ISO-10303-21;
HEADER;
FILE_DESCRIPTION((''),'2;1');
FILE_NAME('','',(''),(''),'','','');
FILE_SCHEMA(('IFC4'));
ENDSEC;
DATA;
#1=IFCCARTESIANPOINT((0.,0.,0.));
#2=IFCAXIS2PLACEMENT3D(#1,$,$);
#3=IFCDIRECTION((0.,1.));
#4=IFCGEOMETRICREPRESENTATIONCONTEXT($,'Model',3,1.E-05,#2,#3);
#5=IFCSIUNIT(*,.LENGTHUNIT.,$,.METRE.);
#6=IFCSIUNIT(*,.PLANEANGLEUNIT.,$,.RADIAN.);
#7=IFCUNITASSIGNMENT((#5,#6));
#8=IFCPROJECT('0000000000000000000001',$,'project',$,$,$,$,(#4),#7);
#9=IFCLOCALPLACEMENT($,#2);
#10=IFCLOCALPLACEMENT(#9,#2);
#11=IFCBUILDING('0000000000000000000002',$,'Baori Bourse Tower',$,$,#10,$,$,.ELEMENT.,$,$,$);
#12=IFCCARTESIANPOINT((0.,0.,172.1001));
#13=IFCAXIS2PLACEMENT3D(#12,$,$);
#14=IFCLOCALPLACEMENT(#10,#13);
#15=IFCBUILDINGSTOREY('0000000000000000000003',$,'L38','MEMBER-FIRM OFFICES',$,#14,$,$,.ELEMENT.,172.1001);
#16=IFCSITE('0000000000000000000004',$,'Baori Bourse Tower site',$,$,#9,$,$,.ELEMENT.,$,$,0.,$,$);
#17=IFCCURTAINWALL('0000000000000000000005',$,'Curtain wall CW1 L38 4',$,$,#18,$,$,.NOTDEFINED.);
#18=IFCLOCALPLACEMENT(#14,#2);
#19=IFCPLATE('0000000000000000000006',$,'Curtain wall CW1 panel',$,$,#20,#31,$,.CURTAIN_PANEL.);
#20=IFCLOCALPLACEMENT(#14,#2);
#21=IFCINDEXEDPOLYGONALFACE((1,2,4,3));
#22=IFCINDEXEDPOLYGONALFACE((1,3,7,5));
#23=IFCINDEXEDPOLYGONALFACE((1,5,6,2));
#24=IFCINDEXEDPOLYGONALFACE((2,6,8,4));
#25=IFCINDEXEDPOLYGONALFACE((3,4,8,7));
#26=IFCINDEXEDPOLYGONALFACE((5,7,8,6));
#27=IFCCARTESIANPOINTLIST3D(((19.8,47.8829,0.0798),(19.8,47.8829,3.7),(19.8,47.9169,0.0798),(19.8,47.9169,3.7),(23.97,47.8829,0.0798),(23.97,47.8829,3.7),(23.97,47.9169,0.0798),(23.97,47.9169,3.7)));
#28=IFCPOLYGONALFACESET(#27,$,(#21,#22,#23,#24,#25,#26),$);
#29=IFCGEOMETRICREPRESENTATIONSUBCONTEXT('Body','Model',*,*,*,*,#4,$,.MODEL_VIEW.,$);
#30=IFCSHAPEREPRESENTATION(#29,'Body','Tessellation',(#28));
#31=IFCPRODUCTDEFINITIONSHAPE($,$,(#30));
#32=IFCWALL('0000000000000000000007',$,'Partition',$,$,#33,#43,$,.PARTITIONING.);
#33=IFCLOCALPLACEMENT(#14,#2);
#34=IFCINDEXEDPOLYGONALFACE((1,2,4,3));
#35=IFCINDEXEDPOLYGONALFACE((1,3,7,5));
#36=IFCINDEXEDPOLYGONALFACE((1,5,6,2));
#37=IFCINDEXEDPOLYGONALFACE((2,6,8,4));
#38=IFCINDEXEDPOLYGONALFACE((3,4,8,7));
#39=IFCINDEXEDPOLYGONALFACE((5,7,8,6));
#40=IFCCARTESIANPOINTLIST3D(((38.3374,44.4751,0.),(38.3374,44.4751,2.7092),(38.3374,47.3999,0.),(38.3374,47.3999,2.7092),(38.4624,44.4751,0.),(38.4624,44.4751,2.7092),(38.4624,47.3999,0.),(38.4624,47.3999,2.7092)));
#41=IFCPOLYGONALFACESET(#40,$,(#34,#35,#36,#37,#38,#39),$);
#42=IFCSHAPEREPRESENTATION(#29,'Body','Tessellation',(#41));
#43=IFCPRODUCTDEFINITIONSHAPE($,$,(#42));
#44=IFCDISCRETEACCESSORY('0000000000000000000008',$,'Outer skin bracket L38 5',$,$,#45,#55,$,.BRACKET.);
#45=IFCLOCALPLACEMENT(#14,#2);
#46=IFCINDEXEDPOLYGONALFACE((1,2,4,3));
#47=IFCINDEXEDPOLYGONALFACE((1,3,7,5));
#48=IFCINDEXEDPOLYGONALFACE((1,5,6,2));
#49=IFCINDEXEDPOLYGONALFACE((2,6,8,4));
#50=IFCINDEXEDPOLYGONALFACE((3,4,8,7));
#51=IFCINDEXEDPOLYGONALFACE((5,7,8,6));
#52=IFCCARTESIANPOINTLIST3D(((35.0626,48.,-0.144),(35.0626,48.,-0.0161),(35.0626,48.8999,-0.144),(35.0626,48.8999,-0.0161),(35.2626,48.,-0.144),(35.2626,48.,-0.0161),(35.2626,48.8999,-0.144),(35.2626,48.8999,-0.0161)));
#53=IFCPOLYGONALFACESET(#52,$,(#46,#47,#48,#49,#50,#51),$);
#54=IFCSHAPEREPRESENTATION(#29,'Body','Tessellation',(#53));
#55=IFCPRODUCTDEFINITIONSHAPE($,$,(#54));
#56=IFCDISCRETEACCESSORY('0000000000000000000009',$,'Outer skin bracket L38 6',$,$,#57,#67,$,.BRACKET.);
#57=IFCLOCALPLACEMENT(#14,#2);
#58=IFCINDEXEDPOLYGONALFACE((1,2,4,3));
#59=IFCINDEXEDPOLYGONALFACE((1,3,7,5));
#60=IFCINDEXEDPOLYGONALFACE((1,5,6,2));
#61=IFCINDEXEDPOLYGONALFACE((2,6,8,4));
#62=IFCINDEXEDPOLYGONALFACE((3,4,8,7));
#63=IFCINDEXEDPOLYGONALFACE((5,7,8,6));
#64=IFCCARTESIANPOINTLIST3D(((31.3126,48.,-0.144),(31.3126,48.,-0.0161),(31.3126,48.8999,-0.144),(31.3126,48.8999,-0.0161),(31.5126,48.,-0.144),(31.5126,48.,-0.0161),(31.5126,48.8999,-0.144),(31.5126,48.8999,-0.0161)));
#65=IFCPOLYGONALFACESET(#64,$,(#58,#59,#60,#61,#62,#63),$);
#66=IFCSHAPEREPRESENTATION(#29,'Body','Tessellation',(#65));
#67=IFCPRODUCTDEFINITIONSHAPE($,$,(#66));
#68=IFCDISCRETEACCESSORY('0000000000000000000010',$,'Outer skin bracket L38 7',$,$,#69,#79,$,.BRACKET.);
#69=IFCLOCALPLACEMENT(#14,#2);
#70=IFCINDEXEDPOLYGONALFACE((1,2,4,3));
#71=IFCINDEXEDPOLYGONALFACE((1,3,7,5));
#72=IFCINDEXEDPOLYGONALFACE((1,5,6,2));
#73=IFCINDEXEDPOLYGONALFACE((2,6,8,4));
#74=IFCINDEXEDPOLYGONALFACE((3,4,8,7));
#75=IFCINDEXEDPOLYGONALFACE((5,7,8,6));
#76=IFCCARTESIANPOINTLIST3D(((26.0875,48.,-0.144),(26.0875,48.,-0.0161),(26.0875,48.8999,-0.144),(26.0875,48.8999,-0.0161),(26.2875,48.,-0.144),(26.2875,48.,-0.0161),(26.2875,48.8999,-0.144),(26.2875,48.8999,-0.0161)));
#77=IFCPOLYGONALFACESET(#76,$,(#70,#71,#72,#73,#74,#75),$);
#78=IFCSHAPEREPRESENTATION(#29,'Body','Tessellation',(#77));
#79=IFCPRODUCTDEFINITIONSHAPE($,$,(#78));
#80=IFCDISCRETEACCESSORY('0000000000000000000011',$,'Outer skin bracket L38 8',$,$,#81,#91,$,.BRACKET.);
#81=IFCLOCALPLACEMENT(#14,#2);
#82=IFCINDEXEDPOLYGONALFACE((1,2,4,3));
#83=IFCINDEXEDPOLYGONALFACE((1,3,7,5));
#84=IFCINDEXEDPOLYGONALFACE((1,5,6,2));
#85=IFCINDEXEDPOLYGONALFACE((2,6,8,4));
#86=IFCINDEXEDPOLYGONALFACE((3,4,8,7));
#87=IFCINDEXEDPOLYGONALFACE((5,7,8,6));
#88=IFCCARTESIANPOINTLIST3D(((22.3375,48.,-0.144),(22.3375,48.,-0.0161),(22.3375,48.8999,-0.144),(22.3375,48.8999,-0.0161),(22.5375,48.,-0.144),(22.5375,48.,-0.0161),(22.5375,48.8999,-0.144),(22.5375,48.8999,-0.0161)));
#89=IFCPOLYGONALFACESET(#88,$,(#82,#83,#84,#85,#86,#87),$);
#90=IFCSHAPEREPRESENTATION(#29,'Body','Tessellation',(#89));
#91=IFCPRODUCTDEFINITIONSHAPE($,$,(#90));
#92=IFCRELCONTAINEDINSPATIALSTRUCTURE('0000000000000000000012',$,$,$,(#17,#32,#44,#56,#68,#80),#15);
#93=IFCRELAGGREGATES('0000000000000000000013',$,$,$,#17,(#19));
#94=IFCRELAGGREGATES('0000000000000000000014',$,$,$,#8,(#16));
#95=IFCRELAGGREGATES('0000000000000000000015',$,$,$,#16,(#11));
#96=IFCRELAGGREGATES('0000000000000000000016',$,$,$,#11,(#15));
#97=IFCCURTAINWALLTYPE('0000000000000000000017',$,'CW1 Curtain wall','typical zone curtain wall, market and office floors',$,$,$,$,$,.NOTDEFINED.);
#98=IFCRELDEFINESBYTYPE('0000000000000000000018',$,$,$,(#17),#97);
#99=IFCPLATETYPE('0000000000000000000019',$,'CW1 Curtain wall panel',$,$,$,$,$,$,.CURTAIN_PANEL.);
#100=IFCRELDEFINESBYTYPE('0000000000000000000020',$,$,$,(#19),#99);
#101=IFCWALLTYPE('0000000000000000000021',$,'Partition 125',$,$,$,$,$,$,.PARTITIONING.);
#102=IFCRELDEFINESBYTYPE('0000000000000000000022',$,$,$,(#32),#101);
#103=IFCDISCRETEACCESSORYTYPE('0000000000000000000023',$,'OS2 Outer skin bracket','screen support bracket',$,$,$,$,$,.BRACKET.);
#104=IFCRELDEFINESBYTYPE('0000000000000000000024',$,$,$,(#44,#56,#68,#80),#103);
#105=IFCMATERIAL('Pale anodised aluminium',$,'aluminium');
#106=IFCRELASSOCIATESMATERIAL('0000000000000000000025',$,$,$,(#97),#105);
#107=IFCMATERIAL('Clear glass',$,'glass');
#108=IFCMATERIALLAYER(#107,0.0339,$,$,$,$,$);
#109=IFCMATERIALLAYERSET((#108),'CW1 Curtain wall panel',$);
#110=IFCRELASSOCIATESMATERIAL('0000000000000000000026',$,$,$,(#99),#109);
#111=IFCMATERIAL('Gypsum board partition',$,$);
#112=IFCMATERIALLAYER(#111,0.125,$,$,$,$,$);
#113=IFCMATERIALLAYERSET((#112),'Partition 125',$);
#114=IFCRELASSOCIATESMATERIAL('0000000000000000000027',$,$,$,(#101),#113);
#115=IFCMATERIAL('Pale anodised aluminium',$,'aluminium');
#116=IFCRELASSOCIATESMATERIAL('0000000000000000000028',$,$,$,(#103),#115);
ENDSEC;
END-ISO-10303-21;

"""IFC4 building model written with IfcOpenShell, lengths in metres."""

from ifc_helpers import new_model, si_unit, direction, frame, frame_2d, origin, origin_2d, place, context, subcontext, project, spatial, rectangle, extrude, material, layer, layer_set, type_object, element, aggregate, save


model = new_model("IFC4")

# Units and contexts
model_context = context("Model", 3, precision=1e-05, world=origin(), true_north=direction((0.0, 1.0)))
body_context = subcontext(model_context, "Body", "Model", "MODEL_VIEW")
ifc_project = project(units=[si_unit("LENGTHUNIT", "METRE"), si_unit("PLANEANGLEUNIT", "RADIAN")], contexts=[model_context])

# Site, building, storey
site_placement = place(None, origin())
site = spatial("IfcSite", under=ifc_project, at=site_placement, Name="Baori Bourse Tower site", CompositionType="ELEMENT", RefElevation=0.0)
building_placement = place(site_placement, origin())
building = spatial("IfcBuilding", under=site, at=building_placement, Name="Baori Bourse Tower", CompositionType="ELEMENT")
storey_placement = place(building_placement, frame((0.0, 0.0, 172.1001)))
storey = spatial("IfcBuildingStorey", under=building, at=storey_placement, Name="L38", Description="MEMBER-FIRM OFFICES", CompositionType="ELEMENT", Elevation=172.1001)

# Curtain wall
ifc_material_1 = material(Name="Pale anodised aluminium", Category="aluminium")
curtain_wall_type = type_object("IfcCurtainWallType", Name="CW1 Curtain wall", Description="typical zone curtain wall, market and office floors", PredefinedType="NOTDEFINED", material=ifc_material_1)
curtain_wall_placement = place(storey_placement, origin())
curtain_wall = element("IfcCurtainWall", 1, at=curtain_wall_placement, inside=storey, type_object=curtain_wall_type, Name="Curtain wall CW1 L38 4", PredefinedType="NOTDEFINED")

# Plate
ifc_material_2 = material(Name="Clear glass", Category="glass")
ifc_layer_1 = layer(ifc_material_2, 0.0339)
ifc_layer_set_1 = layer_set([ifc_layer_1], Name="CW1 Curtain wall panel")
plate_type = type_object("IfcPlateType", Name="CW1 Curtain wall panel", PredefinedType="CURTAIN_PANEL", material=ifc_layer_set_1)
plate_1_placement = place(storey_placement, frame((21.885, 47.8999, 0.0798), z_axis=(0.0, 0.0, 1.0), x_axis=(-1.0, 0.0, 0.0)))
plate_1 = element("IfcPlate", 2, at=plate_1_placement, type_object=plate_type, Name="Curtain wall CW1 panel", PredefinedType="CURTAIN_PANEL", context=body_context, shape_type="SweptSolid", body=[
    extrude(rectangle(XDim=4.1699, YDim=0.0339, at=origin_2d()), origin(), (0.0, 0.0, 1.0), 3.6201),
])
aggregate(curtain_wall, [plate_1])

# Wall
ifc_material_3 = material(Name="Gypsum board partition")
ifc_layer_2 = layer(ifc_material_3, 0.125)
ifc_layer_set_2 = layer_set([ifc_layer_2], Name="Partition 125")
wall_type = type_object("IfcWallType", Name="Partition 125", PredefinedType="PARTITIONING", material=ifc_layer_set_2)
wall_placement = place(storey_placement, frame((38.3999, 44.4751, 0.0), z_axis=(0.0, 0.0, 1.0), x_axis=(0.0, 1.0, 0.0)))
element("IfcWall", 3, at=wall_placement, inside=storey, type_object=wall_type, Name="Partition", PredefinedType="PARTITIONING", context=body_context, shape_type="SweptSolid", body=[
    extrude(rectangle(XDim=2.9248, YDim=0.125, at=frame_2d((1.4624, 0.0))), origin(), (0.0, 0.0, 1.0), 2.7092),
])

# Discrete accessories
ifc_material_4 = material(Name="Pale anodised aluminium", Category="aluminium")
discrete_accessory_type = type_object("IfcDiscreteAccessoryType", Name="OS2 Outer skin bracket", Description="screen support bracket", PredefinedType="BRACKET", material=ifc_material_4)
for number, where, z_axis, x_axis, name in (
    (4, (35.1626, 48.45, -0.144), (0.0, 0.0, 1.0), (-1.0, 0.0, 0.0), "Outer skin bracket L38 5"),
    (5, (31.4126, 48.45, -0.144), (0.0, 0.0, 1.0), (-1.0, 0.0, 0.0), "Outer skin bracket L38 6"),
    (6, (26.1875, 48.45, -0.144), (0.0, 0.0, 1.0), (-1.0, 0.0, 0.0), "Outer skin bracket L38 7"),
    (7, (22.4375, 48.45, -0.144), (0.0, 0.0, 1.0), (-1.0, 0.0, 0.0), "Outer skin bracket L38 8"),
):
    element("IfcDiscreteAccessory", number, at=place(storey_placement, frame(where, z_axis=z_axis, x_axis=x_axis)), inside=storey, type_object=discrete_accessory_type, Name=name, PredefinedType="BRACKET", context=body_context, shape_type="SweptSolid", body=[
        extrude(rectangle(XDim=0.2, YDim=0.8999, at=origin_2d()), origin(), (0.0, 0.0, 1.0), 0.1279),
    ])

save(model, "model.ifc")
